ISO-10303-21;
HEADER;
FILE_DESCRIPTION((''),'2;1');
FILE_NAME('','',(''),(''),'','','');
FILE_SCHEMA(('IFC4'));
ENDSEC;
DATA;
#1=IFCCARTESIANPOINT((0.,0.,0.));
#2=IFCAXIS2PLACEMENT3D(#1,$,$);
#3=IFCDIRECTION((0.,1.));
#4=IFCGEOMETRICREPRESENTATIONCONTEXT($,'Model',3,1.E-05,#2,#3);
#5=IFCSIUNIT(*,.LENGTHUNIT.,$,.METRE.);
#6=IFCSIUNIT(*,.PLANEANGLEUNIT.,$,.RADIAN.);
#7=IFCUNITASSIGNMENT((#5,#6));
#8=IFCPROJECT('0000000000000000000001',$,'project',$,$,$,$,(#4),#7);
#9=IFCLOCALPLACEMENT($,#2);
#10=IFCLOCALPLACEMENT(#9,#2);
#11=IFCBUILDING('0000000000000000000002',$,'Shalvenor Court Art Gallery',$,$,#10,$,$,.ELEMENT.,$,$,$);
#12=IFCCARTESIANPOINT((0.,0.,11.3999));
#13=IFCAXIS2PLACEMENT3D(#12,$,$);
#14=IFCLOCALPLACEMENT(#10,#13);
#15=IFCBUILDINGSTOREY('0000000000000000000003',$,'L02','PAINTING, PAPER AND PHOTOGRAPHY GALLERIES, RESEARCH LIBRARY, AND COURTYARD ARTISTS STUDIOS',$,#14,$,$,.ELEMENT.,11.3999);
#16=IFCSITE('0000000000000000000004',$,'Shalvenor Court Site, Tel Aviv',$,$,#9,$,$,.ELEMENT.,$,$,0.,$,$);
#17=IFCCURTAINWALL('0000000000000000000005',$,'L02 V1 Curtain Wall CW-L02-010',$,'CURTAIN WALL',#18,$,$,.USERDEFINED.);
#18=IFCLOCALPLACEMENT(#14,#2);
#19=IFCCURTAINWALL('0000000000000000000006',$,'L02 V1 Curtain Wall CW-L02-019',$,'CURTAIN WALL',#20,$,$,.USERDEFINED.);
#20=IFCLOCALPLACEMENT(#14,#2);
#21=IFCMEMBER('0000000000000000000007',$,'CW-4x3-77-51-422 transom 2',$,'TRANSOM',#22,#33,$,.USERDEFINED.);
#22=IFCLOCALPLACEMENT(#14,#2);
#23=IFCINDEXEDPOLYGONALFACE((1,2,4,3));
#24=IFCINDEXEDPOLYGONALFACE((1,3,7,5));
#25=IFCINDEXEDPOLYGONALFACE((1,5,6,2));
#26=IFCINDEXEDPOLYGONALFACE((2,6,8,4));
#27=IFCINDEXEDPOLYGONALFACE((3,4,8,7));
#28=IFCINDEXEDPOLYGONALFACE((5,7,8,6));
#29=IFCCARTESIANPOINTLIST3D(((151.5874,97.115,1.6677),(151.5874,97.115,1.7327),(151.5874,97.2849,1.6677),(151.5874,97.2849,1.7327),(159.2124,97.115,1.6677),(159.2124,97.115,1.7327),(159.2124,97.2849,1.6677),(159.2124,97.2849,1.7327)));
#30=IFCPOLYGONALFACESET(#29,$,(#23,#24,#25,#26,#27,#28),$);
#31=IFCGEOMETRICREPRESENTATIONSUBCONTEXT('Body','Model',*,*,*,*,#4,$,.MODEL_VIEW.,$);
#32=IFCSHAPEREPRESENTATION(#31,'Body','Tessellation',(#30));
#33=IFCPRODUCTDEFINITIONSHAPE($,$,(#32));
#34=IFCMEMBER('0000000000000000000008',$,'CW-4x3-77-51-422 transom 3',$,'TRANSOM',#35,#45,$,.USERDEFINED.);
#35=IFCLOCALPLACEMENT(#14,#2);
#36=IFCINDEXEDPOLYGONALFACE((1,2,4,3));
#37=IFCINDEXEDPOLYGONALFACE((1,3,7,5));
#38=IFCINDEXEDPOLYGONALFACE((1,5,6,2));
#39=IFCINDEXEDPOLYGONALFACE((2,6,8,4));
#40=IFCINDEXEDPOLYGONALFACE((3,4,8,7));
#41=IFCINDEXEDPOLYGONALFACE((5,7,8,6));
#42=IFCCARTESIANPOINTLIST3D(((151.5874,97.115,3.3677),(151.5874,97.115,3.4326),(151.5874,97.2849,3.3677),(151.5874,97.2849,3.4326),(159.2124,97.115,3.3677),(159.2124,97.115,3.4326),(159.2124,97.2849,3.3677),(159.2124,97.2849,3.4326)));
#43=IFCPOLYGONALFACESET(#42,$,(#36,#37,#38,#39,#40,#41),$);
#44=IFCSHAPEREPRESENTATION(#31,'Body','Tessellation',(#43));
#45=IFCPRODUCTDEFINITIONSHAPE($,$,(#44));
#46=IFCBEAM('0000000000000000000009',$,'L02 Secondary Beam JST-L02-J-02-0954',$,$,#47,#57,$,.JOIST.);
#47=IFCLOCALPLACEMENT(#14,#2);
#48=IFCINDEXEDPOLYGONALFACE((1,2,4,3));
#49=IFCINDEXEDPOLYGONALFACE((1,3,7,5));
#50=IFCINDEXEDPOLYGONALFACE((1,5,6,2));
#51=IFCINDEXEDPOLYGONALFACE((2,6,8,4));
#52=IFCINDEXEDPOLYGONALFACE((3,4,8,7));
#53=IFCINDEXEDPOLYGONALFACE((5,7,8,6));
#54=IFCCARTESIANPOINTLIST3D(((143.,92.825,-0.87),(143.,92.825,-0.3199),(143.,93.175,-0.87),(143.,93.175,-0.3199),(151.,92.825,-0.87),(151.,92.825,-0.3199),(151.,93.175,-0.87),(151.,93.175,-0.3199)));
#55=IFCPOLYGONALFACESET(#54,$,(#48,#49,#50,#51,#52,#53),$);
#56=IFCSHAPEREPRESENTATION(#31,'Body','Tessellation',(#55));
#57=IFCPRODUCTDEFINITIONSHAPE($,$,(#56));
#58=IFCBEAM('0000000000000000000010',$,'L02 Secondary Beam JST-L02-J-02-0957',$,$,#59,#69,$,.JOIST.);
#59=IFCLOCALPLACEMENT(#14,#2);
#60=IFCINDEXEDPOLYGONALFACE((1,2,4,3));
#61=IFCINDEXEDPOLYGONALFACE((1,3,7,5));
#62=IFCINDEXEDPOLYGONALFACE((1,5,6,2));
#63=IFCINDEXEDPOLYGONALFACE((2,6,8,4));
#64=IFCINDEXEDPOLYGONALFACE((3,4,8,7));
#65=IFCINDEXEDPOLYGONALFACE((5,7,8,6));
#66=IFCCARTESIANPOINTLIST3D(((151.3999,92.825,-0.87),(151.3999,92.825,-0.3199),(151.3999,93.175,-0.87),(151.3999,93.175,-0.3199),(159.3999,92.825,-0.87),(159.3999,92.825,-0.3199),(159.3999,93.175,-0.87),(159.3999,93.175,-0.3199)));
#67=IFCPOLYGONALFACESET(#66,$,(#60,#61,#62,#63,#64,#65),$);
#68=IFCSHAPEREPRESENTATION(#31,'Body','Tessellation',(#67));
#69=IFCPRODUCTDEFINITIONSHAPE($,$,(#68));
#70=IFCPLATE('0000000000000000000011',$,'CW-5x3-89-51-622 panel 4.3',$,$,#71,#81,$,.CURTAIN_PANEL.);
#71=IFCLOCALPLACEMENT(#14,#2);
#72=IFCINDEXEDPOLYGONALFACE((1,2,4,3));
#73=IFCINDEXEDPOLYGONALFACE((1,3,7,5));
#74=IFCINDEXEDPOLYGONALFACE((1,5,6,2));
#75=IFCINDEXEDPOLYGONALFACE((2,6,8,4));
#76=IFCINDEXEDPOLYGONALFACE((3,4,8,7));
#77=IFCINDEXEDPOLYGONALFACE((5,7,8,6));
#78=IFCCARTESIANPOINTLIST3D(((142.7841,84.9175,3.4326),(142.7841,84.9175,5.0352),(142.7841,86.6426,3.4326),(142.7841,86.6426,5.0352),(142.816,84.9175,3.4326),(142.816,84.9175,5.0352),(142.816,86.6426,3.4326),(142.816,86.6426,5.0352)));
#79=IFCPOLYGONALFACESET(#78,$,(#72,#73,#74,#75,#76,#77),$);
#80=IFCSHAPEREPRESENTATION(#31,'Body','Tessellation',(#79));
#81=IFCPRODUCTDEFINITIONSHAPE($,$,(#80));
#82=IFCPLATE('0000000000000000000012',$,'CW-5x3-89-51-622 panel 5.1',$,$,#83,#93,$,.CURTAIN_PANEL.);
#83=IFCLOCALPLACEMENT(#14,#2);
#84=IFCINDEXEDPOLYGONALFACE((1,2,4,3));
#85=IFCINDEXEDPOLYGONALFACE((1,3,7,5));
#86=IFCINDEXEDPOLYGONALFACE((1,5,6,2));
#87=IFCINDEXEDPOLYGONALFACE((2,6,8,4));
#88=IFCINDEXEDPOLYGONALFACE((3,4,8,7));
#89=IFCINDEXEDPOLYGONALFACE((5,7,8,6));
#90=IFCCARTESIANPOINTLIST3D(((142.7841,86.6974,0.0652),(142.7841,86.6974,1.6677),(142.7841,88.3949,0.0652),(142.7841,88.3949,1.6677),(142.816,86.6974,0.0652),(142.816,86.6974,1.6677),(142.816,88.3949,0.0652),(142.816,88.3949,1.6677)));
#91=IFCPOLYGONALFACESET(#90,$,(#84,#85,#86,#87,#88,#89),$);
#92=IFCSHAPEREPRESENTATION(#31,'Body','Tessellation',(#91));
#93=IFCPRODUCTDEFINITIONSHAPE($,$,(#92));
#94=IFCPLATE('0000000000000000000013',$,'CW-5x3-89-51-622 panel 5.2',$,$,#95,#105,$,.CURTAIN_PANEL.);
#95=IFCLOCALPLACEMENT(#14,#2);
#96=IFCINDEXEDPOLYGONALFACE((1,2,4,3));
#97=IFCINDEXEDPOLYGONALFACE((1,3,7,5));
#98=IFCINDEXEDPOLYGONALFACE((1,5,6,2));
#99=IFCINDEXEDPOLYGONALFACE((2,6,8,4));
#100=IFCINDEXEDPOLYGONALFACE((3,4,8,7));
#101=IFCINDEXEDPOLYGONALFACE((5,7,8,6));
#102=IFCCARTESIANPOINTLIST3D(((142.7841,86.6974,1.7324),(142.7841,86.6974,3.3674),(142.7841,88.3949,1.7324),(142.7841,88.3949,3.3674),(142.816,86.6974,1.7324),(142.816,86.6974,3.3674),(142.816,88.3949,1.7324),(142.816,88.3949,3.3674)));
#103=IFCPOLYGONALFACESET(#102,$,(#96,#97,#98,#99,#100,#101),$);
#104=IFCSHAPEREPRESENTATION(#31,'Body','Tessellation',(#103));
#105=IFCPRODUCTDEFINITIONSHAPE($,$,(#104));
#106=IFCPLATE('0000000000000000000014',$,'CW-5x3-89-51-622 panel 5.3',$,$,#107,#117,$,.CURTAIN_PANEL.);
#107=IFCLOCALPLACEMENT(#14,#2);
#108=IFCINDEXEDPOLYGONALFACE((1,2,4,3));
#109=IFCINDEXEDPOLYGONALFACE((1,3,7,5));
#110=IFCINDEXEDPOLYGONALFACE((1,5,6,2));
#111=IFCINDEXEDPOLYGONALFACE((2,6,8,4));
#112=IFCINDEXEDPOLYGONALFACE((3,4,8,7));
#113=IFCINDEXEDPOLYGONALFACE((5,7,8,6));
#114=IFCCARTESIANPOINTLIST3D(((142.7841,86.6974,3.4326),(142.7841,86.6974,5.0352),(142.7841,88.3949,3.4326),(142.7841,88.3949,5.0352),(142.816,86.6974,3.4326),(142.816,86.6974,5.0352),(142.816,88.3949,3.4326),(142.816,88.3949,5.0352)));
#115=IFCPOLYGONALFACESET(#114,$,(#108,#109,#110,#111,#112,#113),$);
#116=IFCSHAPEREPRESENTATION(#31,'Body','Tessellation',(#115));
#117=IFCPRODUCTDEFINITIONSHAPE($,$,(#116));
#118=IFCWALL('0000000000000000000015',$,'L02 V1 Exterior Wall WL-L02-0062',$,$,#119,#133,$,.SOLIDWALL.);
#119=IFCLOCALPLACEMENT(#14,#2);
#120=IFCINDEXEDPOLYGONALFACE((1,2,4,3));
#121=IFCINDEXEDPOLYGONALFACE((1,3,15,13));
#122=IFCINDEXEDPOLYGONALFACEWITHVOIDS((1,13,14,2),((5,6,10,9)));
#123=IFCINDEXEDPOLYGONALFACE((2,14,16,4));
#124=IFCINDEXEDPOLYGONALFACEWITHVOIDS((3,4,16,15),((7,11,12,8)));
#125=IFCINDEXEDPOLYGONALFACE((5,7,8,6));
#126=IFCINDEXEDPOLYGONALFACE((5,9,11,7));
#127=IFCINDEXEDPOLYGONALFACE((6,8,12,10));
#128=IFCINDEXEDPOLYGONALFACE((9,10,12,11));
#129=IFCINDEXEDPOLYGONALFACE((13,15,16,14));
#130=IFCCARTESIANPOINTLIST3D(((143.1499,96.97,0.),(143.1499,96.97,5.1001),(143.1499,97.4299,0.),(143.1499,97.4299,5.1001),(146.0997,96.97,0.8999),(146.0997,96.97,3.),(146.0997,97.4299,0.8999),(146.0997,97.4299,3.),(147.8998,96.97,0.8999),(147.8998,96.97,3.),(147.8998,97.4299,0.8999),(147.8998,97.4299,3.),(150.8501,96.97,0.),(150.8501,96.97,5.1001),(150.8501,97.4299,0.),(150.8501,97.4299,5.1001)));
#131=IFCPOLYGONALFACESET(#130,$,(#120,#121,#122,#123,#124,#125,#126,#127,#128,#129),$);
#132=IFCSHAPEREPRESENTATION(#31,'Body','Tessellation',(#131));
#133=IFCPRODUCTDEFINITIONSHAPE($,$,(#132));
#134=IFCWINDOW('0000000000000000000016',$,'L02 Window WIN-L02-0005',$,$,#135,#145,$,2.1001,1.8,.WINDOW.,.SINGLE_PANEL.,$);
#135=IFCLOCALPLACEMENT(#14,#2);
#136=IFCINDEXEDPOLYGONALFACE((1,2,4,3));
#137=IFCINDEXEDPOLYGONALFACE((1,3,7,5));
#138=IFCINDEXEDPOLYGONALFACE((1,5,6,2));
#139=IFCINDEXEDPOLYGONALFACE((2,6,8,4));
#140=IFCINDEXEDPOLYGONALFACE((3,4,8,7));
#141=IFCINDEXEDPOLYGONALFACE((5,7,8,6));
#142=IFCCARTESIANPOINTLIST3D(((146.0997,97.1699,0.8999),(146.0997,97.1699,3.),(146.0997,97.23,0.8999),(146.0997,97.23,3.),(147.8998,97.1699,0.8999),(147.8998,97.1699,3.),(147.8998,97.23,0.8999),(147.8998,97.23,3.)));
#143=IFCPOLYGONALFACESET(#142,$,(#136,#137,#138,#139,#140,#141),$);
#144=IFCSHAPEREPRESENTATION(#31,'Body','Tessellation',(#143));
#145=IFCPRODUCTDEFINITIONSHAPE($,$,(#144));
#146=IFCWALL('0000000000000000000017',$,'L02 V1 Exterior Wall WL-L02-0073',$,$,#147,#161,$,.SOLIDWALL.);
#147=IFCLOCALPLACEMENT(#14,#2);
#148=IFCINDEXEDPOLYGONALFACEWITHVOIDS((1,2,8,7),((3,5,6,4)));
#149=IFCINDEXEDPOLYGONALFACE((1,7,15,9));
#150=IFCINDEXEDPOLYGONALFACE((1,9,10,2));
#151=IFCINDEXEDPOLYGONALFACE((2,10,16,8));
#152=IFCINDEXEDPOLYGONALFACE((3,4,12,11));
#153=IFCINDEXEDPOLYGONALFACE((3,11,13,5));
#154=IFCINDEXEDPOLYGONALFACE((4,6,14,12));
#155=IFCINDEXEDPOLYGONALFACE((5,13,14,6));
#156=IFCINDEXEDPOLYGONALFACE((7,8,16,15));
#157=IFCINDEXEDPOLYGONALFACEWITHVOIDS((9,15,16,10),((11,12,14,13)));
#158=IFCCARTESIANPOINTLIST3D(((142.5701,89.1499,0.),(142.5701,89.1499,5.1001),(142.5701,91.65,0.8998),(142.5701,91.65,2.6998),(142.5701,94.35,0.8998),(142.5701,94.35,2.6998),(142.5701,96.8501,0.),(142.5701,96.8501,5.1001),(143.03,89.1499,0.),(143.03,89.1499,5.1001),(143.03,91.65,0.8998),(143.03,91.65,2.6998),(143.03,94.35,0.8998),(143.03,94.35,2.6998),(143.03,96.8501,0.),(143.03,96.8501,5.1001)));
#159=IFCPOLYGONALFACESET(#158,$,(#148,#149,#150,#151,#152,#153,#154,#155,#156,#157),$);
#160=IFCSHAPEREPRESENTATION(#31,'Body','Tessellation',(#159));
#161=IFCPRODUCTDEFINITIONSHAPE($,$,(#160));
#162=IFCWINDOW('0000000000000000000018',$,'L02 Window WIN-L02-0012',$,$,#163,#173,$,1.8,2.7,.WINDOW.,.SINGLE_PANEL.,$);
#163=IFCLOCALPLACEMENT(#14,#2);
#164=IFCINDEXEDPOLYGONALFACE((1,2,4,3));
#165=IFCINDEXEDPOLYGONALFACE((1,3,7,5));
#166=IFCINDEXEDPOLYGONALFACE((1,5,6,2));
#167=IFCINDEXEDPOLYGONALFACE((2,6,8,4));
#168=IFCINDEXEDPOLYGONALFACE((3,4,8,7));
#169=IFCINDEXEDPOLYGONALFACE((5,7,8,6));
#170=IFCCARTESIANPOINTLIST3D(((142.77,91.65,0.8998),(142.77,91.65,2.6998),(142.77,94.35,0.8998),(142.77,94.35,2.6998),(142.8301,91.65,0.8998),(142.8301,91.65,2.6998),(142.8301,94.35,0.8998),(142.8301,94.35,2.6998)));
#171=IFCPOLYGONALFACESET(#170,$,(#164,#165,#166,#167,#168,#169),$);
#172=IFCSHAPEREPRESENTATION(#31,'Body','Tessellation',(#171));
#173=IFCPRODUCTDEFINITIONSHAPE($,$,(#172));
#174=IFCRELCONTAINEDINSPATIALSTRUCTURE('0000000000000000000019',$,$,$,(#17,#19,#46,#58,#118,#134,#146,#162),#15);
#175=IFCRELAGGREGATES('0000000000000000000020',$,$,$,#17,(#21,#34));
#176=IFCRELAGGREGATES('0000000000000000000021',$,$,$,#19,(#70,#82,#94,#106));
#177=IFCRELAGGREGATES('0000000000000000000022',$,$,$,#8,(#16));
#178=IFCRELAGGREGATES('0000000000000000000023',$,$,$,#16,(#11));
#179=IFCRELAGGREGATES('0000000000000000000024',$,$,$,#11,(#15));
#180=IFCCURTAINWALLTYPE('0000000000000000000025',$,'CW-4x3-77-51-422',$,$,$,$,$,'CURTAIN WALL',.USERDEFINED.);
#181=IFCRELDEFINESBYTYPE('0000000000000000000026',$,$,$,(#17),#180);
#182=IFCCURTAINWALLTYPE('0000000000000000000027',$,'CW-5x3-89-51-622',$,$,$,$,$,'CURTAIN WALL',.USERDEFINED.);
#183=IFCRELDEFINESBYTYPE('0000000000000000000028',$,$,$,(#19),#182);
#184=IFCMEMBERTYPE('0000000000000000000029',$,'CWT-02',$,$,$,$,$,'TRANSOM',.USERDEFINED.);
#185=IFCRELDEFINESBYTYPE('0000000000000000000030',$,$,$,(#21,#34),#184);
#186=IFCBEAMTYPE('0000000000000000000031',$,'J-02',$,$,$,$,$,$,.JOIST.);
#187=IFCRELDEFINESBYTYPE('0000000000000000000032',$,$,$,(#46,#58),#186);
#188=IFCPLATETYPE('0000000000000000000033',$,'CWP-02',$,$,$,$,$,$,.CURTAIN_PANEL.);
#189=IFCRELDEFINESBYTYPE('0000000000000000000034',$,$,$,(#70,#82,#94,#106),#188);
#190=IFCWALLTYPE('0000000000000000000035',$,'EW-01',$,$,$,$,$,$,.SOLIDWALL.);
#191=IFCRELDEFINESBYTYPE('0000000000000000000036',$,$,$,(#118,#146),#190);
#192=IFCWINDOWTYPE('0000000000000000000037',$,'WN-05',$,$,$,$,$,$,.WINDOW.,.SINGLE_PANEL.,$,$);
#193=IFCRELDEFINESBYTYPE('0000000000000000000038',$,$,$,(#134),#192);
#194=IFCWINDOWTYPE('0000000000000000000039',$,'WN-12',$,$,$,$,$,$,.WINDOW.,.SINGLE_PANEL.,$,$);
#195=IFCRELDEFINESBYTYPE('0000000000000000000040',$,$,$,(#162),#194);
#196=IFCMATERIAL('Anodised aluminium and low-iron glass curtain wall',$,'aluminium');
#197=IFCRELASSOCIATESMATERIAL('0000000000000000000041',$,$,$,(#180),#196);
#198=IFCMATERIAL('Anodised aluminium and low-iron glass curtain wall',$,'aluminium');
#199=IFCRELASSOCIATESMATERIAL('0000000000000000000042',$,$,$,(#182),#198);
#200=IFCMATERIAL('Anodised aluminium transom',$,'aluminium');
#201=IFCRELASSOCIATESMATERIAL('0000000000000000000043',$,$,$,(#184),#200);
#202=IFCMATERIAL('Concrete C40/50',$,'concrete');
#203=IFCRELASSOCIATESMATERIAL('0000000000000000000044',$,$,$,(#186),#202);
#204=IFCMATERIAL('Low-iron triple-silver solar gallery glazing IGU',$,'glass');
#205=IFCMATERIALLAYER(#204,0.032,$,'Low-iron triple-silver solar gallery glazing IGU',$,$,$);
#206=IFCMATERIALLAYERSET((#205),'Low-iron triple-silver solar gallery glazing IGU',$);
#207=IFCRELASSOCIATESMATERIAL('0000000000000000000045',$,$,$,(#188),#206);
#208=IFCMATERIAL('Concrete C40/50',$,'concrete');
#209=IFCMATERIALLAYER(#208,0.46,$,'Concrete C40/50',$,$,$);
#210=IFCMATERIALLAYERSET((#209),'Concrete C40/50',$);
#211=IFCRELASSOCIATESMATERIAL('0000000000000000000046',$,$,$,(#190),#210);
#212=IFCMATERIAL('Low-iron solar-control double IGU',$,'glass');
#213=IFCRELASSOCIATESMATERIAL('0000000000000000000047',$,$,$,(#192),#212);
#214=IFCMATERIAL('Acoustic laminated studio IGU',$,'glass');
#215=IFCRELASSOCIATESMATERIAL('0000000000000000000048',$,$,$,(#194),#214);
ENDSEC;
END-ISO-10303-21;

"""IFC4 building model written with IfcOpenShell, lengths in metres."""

from ifc_helpers import new_model, si_unit, direction, frame, frame_2d, origin, origin_2d, place, context, subcontext, project, spatial, rectangle, extrude, material, layer, layer_set, material_profile, profile_set, type_object, element, fill, aggregate, save


model = new_model("IFC4")

# Units and contexts
model_context = context("Model", 3, precision=1e-05, world=origin(), true_north=direction((0.0, 1.0)))
body_context = subcontext(model_context, "Body", "Model", "MODEL_VIEW")
ifc_project = project(units=[si_unit("LENGTHUNIT", "METRE"), si_unit("PLANEANGLEUNIT", "RADIAN")], contexts=[model_context])

# Site, building, storey
site_placement = place(None, origin())
site = spatial("IfcSite", under=ifc_project, at=site_placement, Name="Shalvenor Court Site, Tel Aviv", CompositionType="ELEMENT", RefElevation=0.0)
building_placement = place(site_placement, origin())
building = spatial("IfcBuilding", under=site, at=building_placement, Name="Shalvenor Court Art Gallery", CompositionType="ELEMENT")
storey_placement = place(building_placement, frame((0.0, 0.0, 11.3999)))
storey = spatial("IfcBuildingStorey", under=building, at=storey_placement, Name="L02", Description="PAINTING, PAPER AND PHOTOGRAPHY GALLERIES, RESEARCH LIBRARY, AND COURTYARD ARTISTS STUDIOS", CompositionType="ELEMENT", Elevation=11.3999)

# Curtain wall
ifc_material_1 = material(Name="Anodised aluminium and low-iron glass curtain wall", Category="aluminium")
curtain_wall_type_1 = type_object("IfcCurtainWallType", Name="CW-4x3-77-51-422", ElementType="CURTAIN WALL", PredefinedType="USERDEFINED", material=ifc_material_1)
curtain_wall_1_placement = place(storey_placement, origin())
curtain_wall_1 = element("IfcCurtainWall", 1, at=curtain_wall_1_placement, inside=storey, type_object=curtain_wall_type_1, Name="L02 V1 Curtain Wall CW-L02-010", ObjectType="CURTAIN WALL", PredefinedType="USERDEFINED")

# Curtain wall
ifc_material_2 = material(Name="Anodised aluminium and low-iron glass curtain wall", Category="aluminium")
curtain_wall_type_2 = type_object("IfcCurtainWallType", Name="CW-5x3-89-51-622", ElementType="CURTAIN WALL", PredefinedType="USERDEFINED", material=ifc_material_2)
curtain_wall_2_placement = place(storey_placement, origin())
curtain_wall_2 = element("IfcCurtainWall", 2, at=curtain_wall_2_placement, inside=storey, type_object=curtain_wall_type_2, Name="L02 V1 Curtain Wall CW-L02-019", ObjectType="CURTAIN WALL", PredefinedType="USERDEFINED")

# Members
ifc_material_3 = material(Name="Anodised aluminium transom", Category="aluminium")
ifc_material_profile_1 = material_profile(ifc_material_3, rectangle(XDim=0.1699, YDim=0.0649, at=origin_2d()), Name="CWT-02")
ifc_profile_set_1 = profile_set([ifc_material_profile_1], Name="Anodised aluminium transom")
member_type_1 = type_object("IfcMemberType", Name="CWT-02", ElementType="TRANSOM", PredefinedType="USERDEFINED", material=ifc_profile_set_1)
member_1_placement = place(storey_placement, frame((151.5874, 97.2, 1.7002), z_axis=(1.0, 0.0, 0.0), x_axis=(0.0, 1.0, 0.0)))
member_1 = element("IfcMember", 3, at=member_1_placement, type_object=member_type_1, Name="CW-4x3-77-51-422 transom 2", ObjectType="TRANSOM", PredefinedType="USERDEFINED", context=body_context, shape_type="SweptSolid", body=[
    extrude(rectangle(XDim=0.1699, YDim=0.0649, at=origin_2d()), origin(), (0.0, 0.0, 1.0), 7.625),
])
member_2_placement = place(storey_placement, frame((151.5874, 97.2, 3.4001), z_axis=(1.0, 0.0, 0.0), x_axis=(0.0, 1.0, 0.0)))
member_2 = element("IfcMember", 4, at=member_2_placement, type_object=member_type_1, Name="CW-4x3-77-51-422 transom 3", ObjectType="TRANSOM", PredefinedType="USERDEFINED", context=body_context, shape_type="SweptSolid", body=[
    extrude(rectangle(XDim=0.1699, YDim=0.0649, at=origin_2d()), origin(), (0.0, 0.0, 1.0), 7.625),
])
aggregate(curtain_wall_1, [member_1, member_2])

# Beams
ifc_material_4 = material(Name="Concrete C40/50", Category="concrete")
ifc_material_profile_2 = material_profile(ifc_material_4, rectangle(XDim=0.3501, YDim=0.55, at=origin_2d()), Name="RC 350x550")
ifc_profile_set_2 = profile_set([ifc_material_profile_2], Name="Concrete C40/50")
beam_type_1 = type_object("IfcBeamType", Name="J-02", PredefinedType="JOIST", material=ifc_profile_set_2)
for number, where, z_axis, x_axis, name in (
    (5, (143.0, 93.0, -0.595), (1.0, 0.0, 0.0), (0.0, 1.0, 0.0), "L02 Secondary Beam JST-L02-J-02-0954"),
    (6, (151.3999, 93.0, -0.595), (1.0, 0.0, 0.0), (0.0, 1.0, 0.0), "L02 Secondary Beam JST-L02-J-02-0957"),
):
    element("IfcBeam", number, at=place(storey_placement, frame(where, z_axis=z_axis, x_axis=x_axis)), inside=storey, type_object=beam_type_1, Name=name, PredefinedType="JOIST", context=body_context, shape_type="SweptSolid", body=[
        extrude(rectangle(XDim=0.3501, YDim=0.55, at=origin_2d()), origin(), (0.0, 0.0, 1.0), 8.0),
    ])

# Plates
ifc_material_5 = material(Name="Low-iron triple-silver solar gallery glazing IGU", Category="glass")
ifc_layer_1 = layer(ifc_material_5, 0.032, Name="Low-iron triple-silver solar gallery glazing IGU")
ifc_layer_set_1 = layer_set([ifc_layer_1], Name="Low-iron triple-silver solar gallery glazing IGU")
plate_type = type_object("IfcPlateType", Name="CWP-02", PredefinedType="CURTAIN_PANEL", material=ifc_layer_set_1)
plate_1_placement = place(storey_placement, frame((142.8, 85.78, 3.4326), z_axis=(0.0, 0.0, 1.0), x_axis=(0.0, 1.0, 0.0)))
plate_1 = element("IfcPlate", 7, at=plate_1_placement, type_object=plate_type, Name="CW-5x3-89-51-622 panel 4.3", PredefinedType="CURTAIN_PANEL", context=body_context, shape_type="SweptSolid", body=[
    extrude(rectangle(XDim=1.7251, YDim=0.032, at=origin_2d()), origin(), (0.0, 0.0, 1.0), 1.6025),
])
plate_2_placement = place(storey_placement, frame((142.8, 87.5461, 0.0652), z_axis=(0.0, 0.0, 1.0), x_axis=(0.0, 1.0, 0.0)))
plate_2 = element("IfcPlate", 8, at=plate_2_placement, type_object=plate_type, Name="CW-5x3-89-51-622 panel 5.1", PredefinedType="CURTAIN_PANEL", context=body_context, shape_type="SweptSolid", body=[
    extrude(rectangle(XDim=1.6975, YDim=0.032, at=origin_2d()), origin(), (0.0, 0.0, 1.0), 1.6025),
])
plate_3_placement = place(storey_placement, frame((142.8, 87.5461, 1.7324), z_axis=(0.0, 0.0, 1.0), x_axis=(0.0, 1.0, 0.0)))
plate_3 = element("IfcPlate", 9, at=plate_3_placement, type_object=plate_type, Name="CW-5x3-89-51-622 panel 5.2", PredefinedType="CURTAIN_PANEL", context=body_context, shape_type="SweptSolid", body=[
    extrude(rectangle(XDim=1.6975, YDim=0.032, at=origin_2d()), origin(), (0.0, 0.0, 1.0), 1.635),
])
plate_4_placement = place(storey_placement, frame((142.8, 87.5461, 3.4326), z_axis=(0.0, 0.0, 1.0), x_axis=(0.0, 1.0, 0.0)))
plate_4 = element("IfcPlate", 10, at=plate_4_placement, type_object=plate_type, Name="CW-5x3-89-51-622 panel 5.3", PredefinedType="CURTAIN_PANEL", context=body_context, shape_type="SweptSolid", body=[
    extrude(rectangle(XDim=1.6975, YDim=0.032, at=origin_2d()), origin(), (0.0, 0.0, 1.0), 1.6025),
])
aggregate(curtain_wall_2, [plate_1, plate_2, plate_3, plate_4])

# Walls, openings, windows
ifc_material_6 = material(Name="Concrete C40/50", Category="concrete")
ifc_layer_2 = layer(ifc_material_6, 0.46, Name="Concrete C40/50")
ifc_layer_set_2 = layer_set([ifc_layer_2], Name="Concrete C40/50")
wall_type_1 = type_object("IfcWallType", Name="EW-01", PredefinedType="SOLIDWALL", material=ifc_layer_set_2)
wall_1_placement = place(storey_placement, frame((143.1499, 97.2, 0.0), z_axis=(0.0, 0.0, 1.0), x_axis=(1.0, 0.0, 0.0)))
wall_1 = element("IfcWall", 11, at=wall_1_placement, inside=storey, type_object=wall_type_1, Name="L02 V1 Exterior Wall WL-L02-0062", PredefinedType="SOLIDWALL", context=body_context, shape_type="SweptSolid", body=[
    extrude(rectangle(XDim=7.7002, YDim=0.46, at=frame_2d((3.8501, 0.0))), origin(), (0.0, 0.0, 1.0), 5.1001),
])
opening_1_placement = place(wall_1_placement, frame((2.95, 0.0, 0.8999)))
opening_1 = element("IfcOpeningElement", 12, at=opening_1_placement, cuts=wall_1, PredefinedType="OPENING", context=body_context, shape_type="SweptSolid", body=[
    extrude(rectangle(XDim=1.8, YDim=2.1001, at=frame_2d((0.8999, 1.05))), frame((0.0, 0.24, 0.0), z_axis=(0.0, -1.0, 0.0), x_axis=(1.0, 0.0, 0.0)), (0.0, 0.0, 1.0), 0.48),
])
ifc_material_7 = material(Name="Low-iron solar-control double IGU", Category="glass")
window_type_1 = type_object("IfcWindowType", Name="WN-05", PartitioningType="SINGLE_PANEL", PredefinedType="WINDOW", material=ifc_material_7)
window_1_placement = place(opening_1_placement, origin())
window_1 = element("IfcWindow", 13, at=window_1_placement, inside=storey, type_object=window_type_1, Name="L02 Window WIN-L02-0005", OverallHeight=2.1001, OverallWidth=1.8, PartitioningType="SINGLE_PANEL", PredefinedType="WINDOW", context=body_context, shape_type="SweptSolid", body=[
    extrude(rectangle(XDim=1.8, YDim=2.1001, at=frame_2d((0.8999, 1.05))), frame((0.0, 0.03, 0.0), z_axis=(0.0, -1.0, 0.0), x_axis=(1.0, 0.0, 0.0)), (0.0, 0.0, 1.0), 0.0601),
])
fill(opening_1, window_1)
wall_2_placement = place(storey_placement, frame((142.8, 89.1499, 0.0), z_axis=(0.0, 0.0, 1.0), x_axis=(0.0, 1.0, 0.0)))
wall_2 = element("IfcWall", 14, at=wall_2_placement, inside=storey, type_object=wall_type_1, Name="L02 V1 Exterior Wall WL-L02-0073", PredefinedType="SOLIDWALL", context=body_context, shape_type="SweptSolid", body=[
    extrude(rectangle(XDim=7.7002, YDim=0.46, at=frame_2d((3.8501, 0.0))), origin(), (0.0, 0.0, 1.0), 5.1001),
])
opening_2_placement = place(wall_2_placement, frame((2.5, 0.0, 0.8999)))
opening_2 = element("IfcOpeningElement", 15, at=opening_2_placement, cuts=wall_2, PredefinedType="OPENING", context=body_context, shape_type="SweptSolid", body=[
    extrude(rectangle(XDim=2.7, YDim=1.8, at=frame_2d((1.3501, 0.8999))), frame((0.0, 0.24, 0.0), z_axis=(0.0, -1.0, 0.0), x_axis=(1.0, 0.0, 0.0)), (0.0, 0.0, 1.0), 0.48),
])
ifc_material_8 = material(Name="Acoustic laminated studio IGU", Category="glass")
window_type_2 = type_object("IfcWindowType", Name="WN-12", PartitioningType="SINGLE_PANEL", PredefinedType="WINDOW", material=ifc_material_8)
window_2_placement = place(opening_2_placement, origin())
window_2 = element("IfcWindow", 16, at=window_2_placement, inside=storey, type_object=window_type_2, Name="L02 Window WIN-L02-0012", OverallHeight=1.8, OverallWidth=2.7, PartitioningType="SINGLE_PANEL", PredefinedType="WINDOW", context=body_context, shape_type="SweptSolid", body=[
    extrude(rectangle(XDim=2.7, YDim=1.8, at=frame_2d((1.3501, 0.8999))), frame((0.0, 0.03, 0.0), z_axis=(0.0, -1.0, 0.0), x_axis=(1.0, 0.0, 0.0)), (0.0, 0.0, 1.0), 0.0601),
])
fill(opening_2, window_2)

save(model, "model.ifc")
